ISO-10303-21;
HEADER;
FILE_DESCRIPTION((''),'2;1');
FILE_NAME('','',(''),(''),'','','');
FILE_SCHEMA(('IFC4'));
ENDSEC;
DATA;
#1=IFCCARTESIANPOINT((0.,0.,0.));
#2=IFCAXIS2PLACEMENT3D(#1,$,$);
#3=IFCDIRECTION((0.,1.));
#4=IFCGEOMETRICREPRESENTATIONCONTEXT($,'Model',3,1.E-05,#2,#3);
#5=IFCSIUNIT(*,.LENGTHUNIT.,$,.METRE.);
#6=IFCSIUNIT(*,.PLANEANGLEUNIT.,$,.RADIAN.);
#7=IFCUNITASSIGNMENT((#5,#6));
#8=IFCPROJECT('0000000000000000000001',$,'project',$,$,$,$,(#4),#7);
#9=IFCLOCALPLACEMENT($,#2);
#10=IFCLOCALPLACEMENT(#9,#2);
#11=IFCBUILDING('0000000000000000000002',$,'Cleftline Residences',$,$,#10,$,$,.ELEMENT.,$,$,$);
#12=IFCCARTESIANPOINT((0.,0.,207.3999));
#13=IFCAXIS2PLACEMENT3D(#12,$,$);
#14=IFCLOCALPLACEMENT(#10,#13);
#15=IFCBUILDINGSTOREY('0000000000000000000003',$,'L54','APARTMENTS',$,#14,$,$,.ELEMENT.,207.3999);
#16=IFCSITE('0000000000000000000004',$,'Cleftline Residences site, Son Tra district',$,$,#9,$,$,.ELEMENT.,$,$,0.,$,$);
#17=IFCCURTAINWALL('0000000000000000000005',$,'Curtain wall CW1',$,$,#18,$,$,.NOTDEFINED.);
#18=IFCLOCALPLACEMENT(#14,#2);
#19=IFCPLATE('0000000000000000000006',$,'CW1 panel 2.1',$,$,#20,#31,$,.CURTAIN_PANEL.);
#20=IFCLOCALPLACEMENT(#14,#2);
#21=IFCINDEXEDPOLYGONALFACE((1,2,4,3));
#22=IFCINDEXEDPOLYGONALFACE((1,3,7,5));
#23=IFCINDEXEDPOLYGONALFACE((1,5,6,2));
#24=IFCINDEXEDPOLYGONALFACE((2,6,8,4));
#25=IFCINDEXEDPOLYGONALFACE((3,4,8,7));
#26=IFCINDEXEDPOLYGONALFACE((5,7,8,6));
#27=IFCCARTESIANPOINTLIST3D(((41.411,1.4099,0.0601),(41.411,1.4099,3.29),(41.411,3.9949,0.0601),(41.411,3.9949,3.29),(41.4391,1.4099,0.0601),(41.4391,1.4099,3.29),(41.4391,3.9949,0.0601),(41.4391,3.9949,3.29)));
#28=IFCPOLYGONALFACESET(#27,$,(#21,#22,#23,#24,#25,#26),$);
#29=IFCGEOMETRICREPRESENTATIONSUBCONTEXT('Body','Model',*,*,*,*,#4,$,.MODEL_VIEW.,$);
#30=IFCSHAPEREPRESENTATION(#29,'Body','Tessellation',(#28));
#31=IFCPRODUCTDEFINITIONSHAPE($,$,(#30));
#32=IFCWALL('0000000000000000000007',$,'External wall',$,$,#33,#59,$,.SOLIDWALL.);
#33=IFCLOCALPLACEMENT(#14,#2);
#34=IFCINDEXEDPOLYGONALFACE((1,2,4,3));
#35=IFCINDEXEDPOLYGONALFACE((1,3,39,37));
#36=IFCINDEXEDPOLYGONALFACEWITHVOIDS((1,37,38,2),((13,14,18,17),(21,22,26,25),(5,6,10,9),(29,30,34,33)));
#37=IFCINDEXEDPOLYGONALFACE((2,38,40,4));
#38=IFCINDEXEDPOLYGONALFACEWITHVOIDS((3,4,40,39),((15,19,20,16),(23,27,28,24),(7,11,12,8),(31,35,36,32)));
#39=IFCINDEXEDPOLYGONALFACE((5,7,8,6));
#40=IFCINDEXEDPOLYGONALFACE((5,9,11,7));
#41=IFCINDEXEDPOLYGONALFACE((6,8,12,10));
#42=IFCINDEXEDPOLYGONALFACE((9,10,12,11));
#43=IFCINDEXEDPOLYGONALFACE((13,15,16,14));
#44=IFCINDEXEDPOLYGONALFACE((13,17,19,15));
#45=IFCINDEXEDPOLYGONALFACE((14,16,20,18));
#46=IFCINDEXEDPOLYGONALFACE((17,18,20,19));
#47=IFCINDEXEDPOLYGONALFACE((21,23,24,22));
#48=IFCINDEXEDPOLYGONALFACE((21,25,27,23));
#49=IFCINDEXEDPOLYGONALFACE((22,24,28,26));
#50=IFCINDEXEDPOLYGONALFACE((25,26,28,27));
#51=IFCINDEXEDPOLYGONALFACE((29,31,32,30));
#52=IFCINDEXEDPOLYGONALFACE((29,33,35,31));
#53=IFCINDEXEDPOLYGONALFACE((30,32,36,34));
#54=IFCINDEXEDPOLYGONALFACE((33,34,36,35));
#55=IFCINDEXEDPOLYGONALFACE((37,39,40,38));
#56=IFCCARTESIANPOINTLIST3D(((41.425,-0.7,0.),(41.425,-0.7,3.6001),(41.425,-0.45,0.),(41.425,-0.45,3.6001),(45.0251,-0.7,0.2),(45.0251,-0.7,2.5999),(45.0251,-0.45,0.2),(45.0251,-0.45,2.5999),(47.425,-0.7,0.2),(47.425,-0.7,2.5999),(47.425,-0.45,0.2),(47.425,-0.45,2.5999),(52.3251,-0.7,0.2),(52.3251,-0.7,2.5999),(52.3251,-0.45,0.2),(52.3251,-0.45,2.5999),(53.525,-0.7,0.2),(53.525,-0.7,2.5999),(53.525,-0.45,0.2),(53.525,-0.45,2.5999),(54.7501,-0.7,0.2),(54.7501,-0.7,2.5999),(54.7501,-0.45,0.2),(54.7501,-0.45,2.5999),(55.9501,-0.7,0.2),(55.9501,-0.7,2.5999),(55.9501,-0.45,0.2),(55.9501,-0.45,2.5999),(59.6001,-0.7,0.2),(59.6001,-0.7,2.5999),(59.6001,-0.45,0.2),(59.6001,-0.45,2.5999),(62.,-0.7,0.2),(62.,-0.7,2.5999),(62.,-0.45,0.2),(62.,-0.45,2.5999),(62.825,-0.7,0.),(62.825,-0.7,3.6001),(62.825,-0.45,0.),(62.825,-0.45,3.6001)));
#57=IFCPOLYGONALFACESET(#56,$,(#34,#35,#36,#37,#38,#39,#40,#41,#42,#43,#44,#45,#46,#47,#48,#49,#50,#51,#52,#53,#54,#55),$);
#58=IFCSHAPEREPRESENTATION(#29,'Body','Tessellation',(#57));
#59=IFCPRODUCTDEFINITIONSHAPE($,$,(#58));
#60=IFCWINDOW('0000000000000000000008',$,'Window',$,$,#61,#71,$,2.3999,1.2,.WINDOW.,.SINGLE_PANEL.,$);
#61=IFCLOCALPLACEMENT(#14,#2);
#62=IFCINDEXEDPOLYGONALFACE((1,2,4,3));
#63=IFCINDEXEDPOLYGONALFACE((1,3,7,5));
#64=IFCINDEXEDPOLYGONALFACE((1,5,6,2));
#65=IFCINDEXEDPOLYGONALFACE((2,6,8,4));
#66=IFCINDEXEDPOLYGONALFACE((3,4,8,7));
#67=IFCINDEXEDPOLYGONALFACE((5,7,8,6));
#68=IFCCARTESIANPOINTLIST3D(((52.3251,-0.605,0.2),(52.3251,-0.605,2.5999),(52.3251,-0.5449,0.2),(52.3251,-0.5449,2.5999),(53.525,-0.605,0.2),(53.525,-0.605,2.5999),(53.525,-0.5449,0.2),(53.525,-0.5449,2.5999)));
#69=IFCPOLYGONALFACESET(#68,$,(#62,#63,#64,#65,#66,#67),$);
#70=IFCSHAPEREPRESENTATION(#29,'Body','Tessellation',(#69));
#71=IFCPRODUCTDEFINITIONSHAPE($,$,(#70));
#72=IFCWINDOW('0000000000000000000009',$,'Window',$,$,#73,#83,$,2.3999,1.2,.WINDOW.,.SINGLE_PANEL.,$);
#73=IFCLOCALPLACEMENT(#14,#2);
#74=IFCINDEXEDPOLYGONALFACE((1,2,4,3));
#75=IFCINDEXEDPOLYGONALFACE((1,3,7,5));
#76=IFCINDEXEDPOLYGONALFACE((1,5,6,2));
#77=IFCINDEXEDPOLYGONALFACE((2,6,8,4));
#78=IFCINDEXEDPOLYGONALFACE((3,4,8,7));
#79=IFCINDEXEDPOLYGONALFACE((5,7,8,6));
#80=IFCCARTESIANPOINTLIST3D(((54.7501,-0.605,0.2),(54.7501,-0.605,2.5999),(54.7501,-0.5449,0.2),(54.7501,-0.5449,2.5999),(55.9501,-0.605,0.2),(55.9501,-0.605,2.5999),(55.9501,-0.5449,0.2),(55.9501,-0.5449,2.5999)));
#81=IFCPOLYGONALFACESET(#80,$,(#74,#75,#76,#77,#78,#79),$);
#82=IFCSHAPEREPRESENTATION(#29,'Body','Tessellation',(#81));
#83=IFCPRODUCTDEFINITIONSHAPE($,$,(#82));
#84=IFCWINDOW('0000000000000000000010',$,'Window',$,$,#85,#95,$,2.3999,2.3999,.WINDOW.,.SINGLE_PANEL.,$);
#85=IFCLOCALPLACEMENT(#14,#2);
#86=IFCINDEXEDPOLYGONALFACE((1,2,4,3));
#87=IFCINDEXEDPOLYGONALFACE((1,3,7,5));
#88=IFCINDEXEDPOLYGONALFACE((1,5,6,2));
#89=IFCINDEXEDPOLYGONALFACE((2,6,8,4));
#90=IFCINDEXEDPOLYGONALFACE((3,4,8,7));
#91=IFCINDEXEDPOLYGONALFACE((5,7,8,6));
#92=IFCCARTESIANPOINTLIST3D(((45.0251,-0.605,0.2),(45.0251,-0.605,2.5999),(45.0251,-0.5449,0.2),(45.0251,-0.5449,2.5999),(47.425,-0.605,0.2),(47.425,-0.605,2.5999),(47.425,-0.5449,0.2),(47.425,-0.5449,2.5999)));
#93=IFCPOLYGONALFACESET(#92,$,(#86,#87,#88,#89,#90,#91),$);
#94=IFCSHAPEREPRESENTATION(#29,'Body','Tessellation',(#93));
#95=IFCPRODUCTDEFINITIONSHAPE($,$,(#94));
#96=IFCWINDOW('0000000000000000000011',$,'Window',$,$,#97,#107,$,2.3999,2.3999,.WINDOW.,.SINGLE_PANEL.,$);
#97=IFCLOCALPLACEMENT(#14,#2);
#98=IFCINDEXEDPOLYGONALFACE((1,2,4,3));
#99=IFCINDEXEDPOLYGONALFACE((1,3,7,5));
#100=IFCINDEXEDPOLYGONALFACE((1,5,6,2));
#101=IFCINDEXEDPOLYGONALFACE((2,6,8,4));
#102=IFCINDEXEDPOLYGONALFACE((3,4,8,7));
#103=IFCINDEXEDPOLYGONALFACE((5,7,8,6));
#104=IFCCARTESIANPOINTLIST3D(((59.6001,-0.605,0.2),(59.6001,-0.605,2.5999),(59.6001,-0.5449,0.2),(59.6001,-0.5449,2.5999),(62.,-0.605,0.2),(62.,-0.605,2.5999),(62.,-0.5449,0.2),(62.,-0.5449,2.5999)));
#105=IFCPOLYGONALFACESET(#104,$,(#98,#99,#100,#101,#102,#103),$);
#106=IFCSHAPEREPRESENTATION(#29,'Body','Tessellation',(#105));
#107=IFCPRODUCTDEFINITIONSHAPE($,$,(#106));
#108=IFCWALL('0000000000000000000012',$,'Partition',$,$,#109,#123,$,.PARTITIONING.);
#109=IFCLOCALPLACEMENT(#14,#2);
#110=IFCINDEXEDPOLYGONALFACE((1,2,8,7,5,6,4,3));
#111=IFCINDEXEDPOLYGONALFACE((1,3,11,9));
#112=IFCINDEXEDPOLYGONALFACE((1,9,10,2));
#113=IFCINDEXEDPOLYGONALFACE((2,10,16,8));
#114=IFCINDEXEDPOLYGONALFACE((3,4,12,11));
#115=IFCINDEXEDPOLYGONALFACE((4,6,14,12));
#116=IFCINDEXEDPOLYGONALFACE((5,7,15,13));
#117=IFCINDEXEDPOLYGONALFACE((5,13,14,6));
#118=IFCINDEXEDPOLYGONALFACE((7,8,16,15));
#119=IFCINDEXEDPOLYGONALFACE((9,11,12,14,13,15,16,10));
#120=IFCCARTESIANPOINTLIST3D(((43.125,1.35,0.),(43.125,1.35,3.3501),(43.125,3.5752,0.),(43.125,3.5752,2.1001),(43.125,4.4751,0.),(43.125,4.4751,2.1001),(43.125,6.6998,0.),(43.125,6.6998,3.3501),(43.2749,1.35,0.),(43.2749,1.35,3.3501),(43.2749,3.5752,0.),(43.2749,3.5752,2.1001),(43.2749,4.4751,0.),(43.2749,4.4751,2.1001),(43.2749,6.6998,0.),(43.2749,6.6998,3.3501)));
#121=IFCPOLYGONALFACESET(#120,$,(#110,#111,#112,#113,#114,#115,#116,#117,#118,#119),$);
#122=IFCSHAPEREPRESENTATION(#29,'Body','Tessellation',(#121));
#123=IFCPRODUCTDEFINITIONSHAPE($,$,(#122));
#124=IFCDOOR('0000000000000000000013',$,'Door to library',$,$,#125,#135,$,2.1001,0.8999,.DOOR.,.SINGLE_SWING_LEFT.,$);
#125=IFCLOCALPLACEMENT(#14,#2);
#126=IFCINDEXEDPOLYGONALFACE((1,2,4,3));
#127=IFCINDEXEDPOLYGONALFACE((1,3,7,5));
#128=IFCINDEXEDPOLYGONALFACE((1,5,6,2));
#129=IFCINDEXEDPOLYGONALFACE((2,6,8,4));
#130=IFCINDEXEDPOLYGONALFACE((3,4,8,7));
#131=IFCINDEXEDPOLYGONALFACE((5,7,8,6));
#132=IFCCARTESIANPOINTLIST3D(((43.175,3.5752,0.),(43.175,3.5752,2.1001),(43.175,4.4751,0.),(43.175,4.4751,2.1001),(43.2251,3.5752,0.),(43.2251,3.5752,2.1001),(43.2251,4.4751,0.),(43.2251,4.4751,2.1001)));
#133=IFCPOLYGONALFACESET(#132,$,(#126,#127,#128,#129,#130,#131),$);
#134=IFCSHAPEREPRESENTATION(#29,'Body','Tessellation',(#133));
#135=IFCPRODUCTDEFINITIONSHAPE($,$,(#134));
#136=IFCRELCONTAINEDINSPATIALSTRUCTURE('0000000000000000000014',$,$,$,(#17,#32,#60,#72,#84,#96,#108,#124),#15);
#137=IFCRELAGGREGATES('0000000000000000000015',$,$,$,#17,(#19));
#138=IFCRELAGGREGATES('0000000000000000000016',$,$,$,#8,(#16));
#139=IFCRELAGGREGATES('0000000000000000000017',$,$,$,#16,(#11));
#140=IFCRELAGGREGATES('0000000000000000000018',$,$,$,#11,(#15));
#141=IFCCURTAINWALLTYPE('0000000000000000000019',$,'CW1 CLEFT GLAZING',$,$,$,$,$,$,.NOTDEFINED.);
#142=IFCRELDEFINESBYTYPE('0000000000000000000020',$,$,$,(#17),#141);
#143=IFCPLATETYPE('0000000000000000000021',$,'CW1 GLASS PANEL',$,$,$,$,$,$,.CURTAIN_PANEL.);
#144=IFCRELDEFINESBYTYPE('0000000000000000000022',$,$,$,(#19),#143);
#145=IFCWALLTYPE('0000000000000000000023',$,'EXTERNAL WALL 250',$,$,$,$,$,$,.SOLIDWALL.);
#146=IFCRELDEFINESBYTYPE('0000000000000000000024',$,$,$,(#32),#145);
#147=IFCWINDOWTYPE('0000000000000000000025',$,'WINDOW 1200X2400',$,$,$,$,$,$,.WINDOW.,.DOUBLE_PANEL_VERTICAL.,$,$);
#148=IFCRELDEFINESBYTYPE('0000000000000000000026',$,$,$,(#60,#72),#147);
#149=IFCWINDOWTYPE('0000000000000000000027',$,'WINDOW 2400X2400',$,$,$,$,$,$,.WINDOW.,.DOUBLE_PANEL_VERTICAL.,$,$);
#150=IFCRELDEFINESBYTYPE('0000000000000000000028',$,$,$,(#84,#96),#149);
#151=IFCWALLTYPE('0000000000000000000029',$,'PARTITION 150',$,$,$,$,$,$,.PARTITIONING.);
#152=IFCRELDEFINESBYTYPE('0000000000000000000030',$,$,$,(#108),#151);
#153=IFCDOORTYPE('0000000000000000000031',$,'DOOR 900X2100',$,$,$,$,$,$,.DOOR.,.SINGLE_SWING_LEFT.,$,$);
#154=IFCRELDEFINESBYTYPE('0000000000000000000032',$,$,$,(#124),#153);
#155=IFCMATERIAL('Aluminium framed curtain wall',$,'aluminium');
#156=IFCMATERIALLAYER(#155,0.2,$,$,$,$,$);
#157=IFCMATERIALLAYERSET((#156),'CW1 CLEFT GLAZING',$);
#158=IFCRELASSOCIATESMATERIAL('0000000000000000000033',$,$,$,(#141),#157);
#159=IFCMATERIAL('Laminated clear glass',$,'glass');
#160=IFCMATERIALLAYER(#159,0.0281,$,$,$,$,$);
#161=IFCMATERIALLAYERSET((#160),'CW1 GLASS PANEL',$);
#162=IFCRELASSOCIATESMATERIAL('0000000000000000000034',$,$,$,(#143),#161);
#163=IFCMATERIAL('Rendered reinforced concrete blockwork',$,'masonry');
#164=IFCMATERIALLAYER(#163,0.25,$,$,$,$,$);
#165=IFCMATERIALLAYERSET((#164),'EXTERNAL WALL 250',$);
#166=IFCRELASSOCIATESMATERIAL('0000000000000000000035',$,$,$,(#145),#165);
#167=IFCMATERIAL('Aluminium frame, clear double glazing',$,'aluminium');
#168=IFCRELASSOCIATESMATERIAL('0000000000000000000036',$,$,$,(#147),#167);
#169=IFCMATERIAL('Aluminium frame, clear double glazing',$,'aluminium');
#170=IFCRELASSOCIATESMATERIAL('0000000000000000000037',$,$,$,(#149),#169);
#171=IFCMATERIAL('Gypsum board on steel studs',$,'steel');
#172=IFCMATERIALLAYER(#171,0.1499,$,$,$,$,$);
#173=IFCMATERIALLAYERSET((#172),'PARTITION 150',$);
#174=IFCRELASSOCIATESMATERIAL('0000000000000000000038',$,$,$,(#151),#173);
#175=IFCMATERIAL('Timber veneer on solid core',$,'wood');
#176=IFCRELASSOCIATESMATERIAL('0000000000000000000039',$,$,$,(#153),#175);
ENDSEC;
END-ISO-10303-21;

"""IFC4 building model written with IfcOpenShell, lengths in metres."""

from ifc_helpers import new_model, si_unit, direction, frame, frame_2d, origin, origin_2d, place, context, subcontext, project, spatial, rectangle, extrude, material, layer, layer_set, type_object, element, fill, aggregate, save


model = new_model("IFC4")

# Units and contexts
model_context = context("Model", 3, precision=1e-05, world=origin(), true_north=direction((0.0, 1.0)))
body_context = subcontext(model_context, "Body", "Model", "MODEL_VIEW")
ifc_project = project(units=[si_unit("LENGTHUNIT", "METRE"), si_unit("PLANEANGLEUNIT", "RADIAN")], contexts=[model_context])

# Site, building, storey
site_placement = place(None, origin())
site = spatial("IfcSite", under=ifc_project, at=site_placement, Name="Cleftline Residences site, Son Tra district", CompositionType="ELEMENT", RefElevation=0.0)
building_placement = place(site_placement, origin())
building = spatial("IfcBuilding", under=site, at=building_placement, Name="Cleftline Residences", CompositionType="ELEMENT")
storey_placement = place(building_placement, frame((0.0, 0.0, 207.3999)))
storey = spatial("IfcBuildingStorey", under=building, at=storey_placement, Name="L54", Description="APARTMENTS", CompositionType="ELEMENT", Elevation=207.3999)

# Curtain wall, plate
ifc_material_1 = material(Name="Aluminium framed curtain wall", Category="aluminium")
ifc_layer_1 = layer(ifc_material_1, 0.2)
ifc_layer_set_1 = layer_set([ifc_layer_1], Name="CW1 CLEFT GLAZING")
curtain_wall_type = type_object("IfcCurtainWallType", Name="CW1 CLEFT GLAZING", PredefinedType="NOTDEFINED", material=ifc_layer_set_1)
curtain_wall_placement = place(storey_placement, origin())
curtain_wall = element("IfcCurtainWall", 1, at=curtain_wall_placement, inside=storey, type_object=curtain_wall_type, Name="Curtain wall CW1", PredefinedType="NOTDEFINED")
ifc_material_2 = material(Name="Laminated clear glass", Category="glass")
ifc_layer_2 = layer(ifc_material_2, 0.0281)
ifc_layer_set_2 = layer_set([ifc_layer_2], Name="CW1 GLASS PANEL")
plate_type = type_object("IfcPlateType", Name="CW1 GLASS PANEL", PredefinedType="CURTAIN_PANEL", material=ifc_layer_set_2)
plate_1_placement = place(storey_placement, frame((41.425, 2.7024, 0.0601), z_axis=(0.0, 0.0, 1.0), x_axis=(0.0, -1.0, 0.0)))
plate_1 = element("IfcPlate", 2, at=plate_1_placement, type_object=plate_type, Name="CW1 panel 2.1", PredefinedType="CURTAIN_PANEL", context=body_context, shape_type="SweptSolid", body=[
    extrude(rectangle(XDim=2.585, YDim=0.0281, at=origin_2d()), origin(), (0.0, 0.0, 1.0), 3.23),
])
aggregate(curtain_wall, [plate_1])

# Wall, openings, windows
ifc_material_3 = material(Name="Rendered reinforced concrete blockwork", Category="masonry")
ifc_layer_3 = layer(ifc_material_3, 0.25)
ifc_layer_set_3 = layer_set([ifc_layer_3], Name="EXTERNAL WALL 250")
wall_type_1 = type_object("IfcWallType", Name="EXTERNAL WALL 250", PredefinedType="SOLIDWALL", material=ifc_layer_set_3)
wall_1_placement = place(storey_placement, frame((41.425, -0.575, 0.0), z_axis=(0.0, 0.0, 1.0), x_axis=(1.0, 0.0, 0.0)))
wall_1 = element("IfcWall", 3, at=wall_1_placement, inside=storey, type_object=wall_type_1, Name="External wall", PredefinedType="SOLIDWALL", context=body_context, shape_type="SweptSolid", body=[
    extrude(rectangle(XDim=21.3999, YDim=0.25, at=frame_2d((10.7, 0.0))), origin(), (0.0, 0.0, 1.0), 3.6001),
])
opening_1_placement = place(wall_1_placement, frame((3.6001, 0.0, 0.2)))
opening_1 = element("IfcOpeningElement", 4, at=opening_1_placement, cuts=wall_1, PredefinedType="OPENING", context=body_context, shape_type="SweptSolid", body=[
    extrude(rectangle(XDim=2.3999, YDim=2.3999, at=frame_2d((1.2, 1.2))), frame((0.0, 0.135, 0.0), z_axis=(0.0, -1.0, 0.0), x_axis=(1.0, 0.0, 0.0)), (0.0, 0.0, 1.0), 0.27),
])
opening_2_placement = place(wall_1_placement, frame((10.8999, 0.0, 0.2)))
opening_2 = element("IfcOpeningElement", 5, at=opening_2_placement, cuts=wall_1, PredefinedType="OPENING", context=body_context, shape_type="SweptSolid", body=[
    extrude(rectangle(XDim=1.2, YDim=2.3999, at=frame_2d((0.6001, 1.2))), frame((0.0, 0.135, 0.0), z_axis=(0.0, -1.0, 0.0), x_axis=(1.0, 0.0, 0.0)), (0.0, 0.0, 1.0), 0.27),
])
opening_3_placement = place(wall_1_placement, frame((13.325, 0.0, 0.2)))
opening_3 = element("IfcOpeningElement", 6, at=opening_3_placement, cuts=wall_1, PredefinedType="OPENING", context=body_context, shape_type="SweptSolid", body=[
    extrude(rectangle(XDim=1.2, YDim=2.3999, at=frame_2d((0.6001, 1.2))), frame((0.0, 0.135, 0.0), z_axis=(0.0, -1.0, 0.0), x_axis=(1.0, 0.0, 0.0)), (0.0, 0.0, 1.0), 0.27),
])
opening_4_placement = place(wall_1_placement, frame((18.175, 0.0, 0.2)))
opening_4 = element("IfcOpeningElement", 7, at=opening_4_placement, cuts=wall_1, PredefinedType="OPENING", context=body_context, shape_type="SweptSolid", body=[
    extrude(rectangle(XDim=2.3999, YDim=2.3999, at=frame_2d((1.2, 1.2))), frame((0.0, 0.135, 0.0), z_axis=(0.0, -1.0, 0.0), x_axis=(1.0, 0.0, 0.0)), (0.0, 0.0, 1.0), 0.27),
])
ifc_material_4 = material(Name="Aluminium frame, clear double glazing", Category="aluminium")
window_type_1 = type_object("IfcWindowType", Name="WINDOW 1200X2400", PartitioningType="DOUBLE_PANEL_VERTICAL", PredefinedType="WINDOW", material=ifc_material_4)
window_1_placement = place(opening_2_placement, origin())
window_1 = element("IfcWindow", 8, at=window_1_placement, inside=storey, type_object=window_type_1, Name="Window", OverallHeight=2.3999, OverallWidth=1.2, PartitioningType="SINGLE_PANEL", PredefinedType="WINDOW", context=body_context, shape_type="SweptSolid", body=[
    extrude(rectangle(XDim=1.2, YDim=2.3999, at=frame_2d((0.6001, 1.2))), frame((0.0, 0.03, 0.0), z_axis=(0.0, -1.0, 0.0), x_axis=(1.0, 0.0, 0.0)), (0.0, 0.0, 1.0), 0.0601),
])
fill(opening_2, window_1)
window_2_placement = place(opening_3_placement, origin())
window_2 = element("IfcWindow", 9, at=window_2_placement, inside=storey, type_object=window_type_1, Name="Window", OverallHeight=2.3999, OverallWidth=1.2, PartitioningType="SINGLE_PANEL", PredefinedType="WINDOW", context=body_context, shape_type="SweptSolid", body=[
    extrude(rectangle(XDim=1.2, YDim=2.3999, at=frame_2d((0.6001, 1.2))), frame((0.0, 0.03, 0.0), z_axis=(0.0, -1.0, 0.0), x_axis=(1.0, 0.0, 0.0)), (0.0, 0.0, 1.0), 0.0601),
])
fill(opening_3, window_2)
ifc_material_5 = material(Name="Aluminium frame, clear double glazing", Category="aluminium")
window_type_2 = type_object("IfcWindowType", Name="WINDOW 2400X2400", PartitioningType="DOUBLE_PANEL_VERTICAL", PredefinedType="WINDOW", material=ifc_material_5)
window_3_placement = place(opening_1_placement, origin())
window_3 = element("IfcWindow", 10, at=window_3_placement, inside=storey, type_object=window_type_2, Name="Window", OverallHeight=2.3999, OverallWidth=2.3999, PartitioningType="SINGLE_PANEL", PredefinedType="WINDOW", context=body_context, shape_type="SweptSolid", body=[
    extrude(rectangle(XDim=2.3999, YDim=2.3999, at=frame_2d((1.2, 1.2))), frame((0.0, 0.03, 0.0), z_axis=(0.0, -1.0, 0.0), x_axis=(1.0, 0.0, 0.0)), (0.0, 0.0, 1.0), 0.0601),
])
fill(opening_1, window_3)
window_4_placement = place(opening_4_placement, origin())
window_4 = element("IfcWindow", 11, at=window_4_placement, inside=storey, type_object=window_type_2, Name="Window", OverallHeight=2.3999, OverallWidth=2.3999, PartitioningType="SINGLE_PANEL", PredefinedType="WINDOW", context=body_context, shape_type="SweptSolid", body=[
    extrude(rectangle(XDim=2.3999, YDim=2.3999, at=frame_2d((1.2, 1.2))), frame((0.0, 0.03, 0.0), z_axis=(0.0, -1.0, 0.0), x_axis=(1.0, 0.0, 0.0)), (0.0, 0.0, 1.0), 0.0601),
])
fill(opening_4, window_4)

# Wall, opening, door
ifc_material_6 = material(Name="Gypsum board on steel studs", Category="steel")
ifc_layer_4 = layer(ifc_material_6, 0.1499)
ifc_layer_set_4 = layer_set([ifc_layer_4], Name="PARTITION 150")
wall_type_2 = type_object("IfcWallType", Name="PARTITION 150", PredefinedType="PARTITIONING", material=ifc_layer_set_4)
wall_2_placement = place(storey_placement, frame((43.2, 1.3501, 0.0), z_axis=(0.0, 0.0, 1.0), x_axis=(0.0, 1.0, 0.0)))
wall_2 = element("IfcWall", 12, at=wall_2_placement, inside=storey, type_object=wall_type_2, Name="Partition", PredefinedType="PARTITIONING", context=body_context, shape_type="SweptSolid", body=[
    extrude(rectangle(XDim=5.3499, YDim=0.1499, at=frame_2d((2.6748, 0.0))), origin(), (0.0, 0.0, 1.0), 3.3501),
])
opening_5_placement = place(wall_2_placement, frame((2.2251, 0.0, 0.0)))
opening_5 = element("IfcOpeningElement", 13, at=opening_5_placement, cuts=wall_2, PredefinedType="OPENING", context=body_context, shape_type="SweptSolid", body=[
    extrude(rectangle(XDim=0.8999, YDim=2.1001, at=frame_2d((0.45, 1.05))), frame((0.0, 0.085, 0.0), z_axis=(0.0, -1.0, 0.0), x_axis=(1.0, 0.0, 0.0)), (0.0, 0.0, 1.0), 0.1699),
])
ifc_material_7 = material(Name="Timber veneer on solid core", Category="wood")
door_type = type_object("IfcDoorType", Name="DOOR 900X2100", OperationType="SINGLE_SWING_LEFT", PredefinedType="DOOR", material=ifc_material_7)
door_placement = place(opening_5_placement, origin())
door = element("IfcDoor", 14, at=door_placement, inside=storey, type_object=door_type, Name="Door to library", OperationType="SINGLE_SWING_LEFT", OverallHeight=2.1001, OverallWidth=0.8999, PredefinedType="DOOR", context=body_context, shape_type="SweptSolid", body=[
    extrude(rectangle(XDim=0.8999, YDim=2.1001, at=frame_2d((0.45, 1.05))), frame((0.0, 0.0249, 0.0), z_axis=(0.0, -1.0, 0.0), x_axis=(1.0, 0.0, 0.0)), (0.0, 0.0, 1.0), 0.05),
])
fill(opening_5, door)

save(model, "model.ifc")
